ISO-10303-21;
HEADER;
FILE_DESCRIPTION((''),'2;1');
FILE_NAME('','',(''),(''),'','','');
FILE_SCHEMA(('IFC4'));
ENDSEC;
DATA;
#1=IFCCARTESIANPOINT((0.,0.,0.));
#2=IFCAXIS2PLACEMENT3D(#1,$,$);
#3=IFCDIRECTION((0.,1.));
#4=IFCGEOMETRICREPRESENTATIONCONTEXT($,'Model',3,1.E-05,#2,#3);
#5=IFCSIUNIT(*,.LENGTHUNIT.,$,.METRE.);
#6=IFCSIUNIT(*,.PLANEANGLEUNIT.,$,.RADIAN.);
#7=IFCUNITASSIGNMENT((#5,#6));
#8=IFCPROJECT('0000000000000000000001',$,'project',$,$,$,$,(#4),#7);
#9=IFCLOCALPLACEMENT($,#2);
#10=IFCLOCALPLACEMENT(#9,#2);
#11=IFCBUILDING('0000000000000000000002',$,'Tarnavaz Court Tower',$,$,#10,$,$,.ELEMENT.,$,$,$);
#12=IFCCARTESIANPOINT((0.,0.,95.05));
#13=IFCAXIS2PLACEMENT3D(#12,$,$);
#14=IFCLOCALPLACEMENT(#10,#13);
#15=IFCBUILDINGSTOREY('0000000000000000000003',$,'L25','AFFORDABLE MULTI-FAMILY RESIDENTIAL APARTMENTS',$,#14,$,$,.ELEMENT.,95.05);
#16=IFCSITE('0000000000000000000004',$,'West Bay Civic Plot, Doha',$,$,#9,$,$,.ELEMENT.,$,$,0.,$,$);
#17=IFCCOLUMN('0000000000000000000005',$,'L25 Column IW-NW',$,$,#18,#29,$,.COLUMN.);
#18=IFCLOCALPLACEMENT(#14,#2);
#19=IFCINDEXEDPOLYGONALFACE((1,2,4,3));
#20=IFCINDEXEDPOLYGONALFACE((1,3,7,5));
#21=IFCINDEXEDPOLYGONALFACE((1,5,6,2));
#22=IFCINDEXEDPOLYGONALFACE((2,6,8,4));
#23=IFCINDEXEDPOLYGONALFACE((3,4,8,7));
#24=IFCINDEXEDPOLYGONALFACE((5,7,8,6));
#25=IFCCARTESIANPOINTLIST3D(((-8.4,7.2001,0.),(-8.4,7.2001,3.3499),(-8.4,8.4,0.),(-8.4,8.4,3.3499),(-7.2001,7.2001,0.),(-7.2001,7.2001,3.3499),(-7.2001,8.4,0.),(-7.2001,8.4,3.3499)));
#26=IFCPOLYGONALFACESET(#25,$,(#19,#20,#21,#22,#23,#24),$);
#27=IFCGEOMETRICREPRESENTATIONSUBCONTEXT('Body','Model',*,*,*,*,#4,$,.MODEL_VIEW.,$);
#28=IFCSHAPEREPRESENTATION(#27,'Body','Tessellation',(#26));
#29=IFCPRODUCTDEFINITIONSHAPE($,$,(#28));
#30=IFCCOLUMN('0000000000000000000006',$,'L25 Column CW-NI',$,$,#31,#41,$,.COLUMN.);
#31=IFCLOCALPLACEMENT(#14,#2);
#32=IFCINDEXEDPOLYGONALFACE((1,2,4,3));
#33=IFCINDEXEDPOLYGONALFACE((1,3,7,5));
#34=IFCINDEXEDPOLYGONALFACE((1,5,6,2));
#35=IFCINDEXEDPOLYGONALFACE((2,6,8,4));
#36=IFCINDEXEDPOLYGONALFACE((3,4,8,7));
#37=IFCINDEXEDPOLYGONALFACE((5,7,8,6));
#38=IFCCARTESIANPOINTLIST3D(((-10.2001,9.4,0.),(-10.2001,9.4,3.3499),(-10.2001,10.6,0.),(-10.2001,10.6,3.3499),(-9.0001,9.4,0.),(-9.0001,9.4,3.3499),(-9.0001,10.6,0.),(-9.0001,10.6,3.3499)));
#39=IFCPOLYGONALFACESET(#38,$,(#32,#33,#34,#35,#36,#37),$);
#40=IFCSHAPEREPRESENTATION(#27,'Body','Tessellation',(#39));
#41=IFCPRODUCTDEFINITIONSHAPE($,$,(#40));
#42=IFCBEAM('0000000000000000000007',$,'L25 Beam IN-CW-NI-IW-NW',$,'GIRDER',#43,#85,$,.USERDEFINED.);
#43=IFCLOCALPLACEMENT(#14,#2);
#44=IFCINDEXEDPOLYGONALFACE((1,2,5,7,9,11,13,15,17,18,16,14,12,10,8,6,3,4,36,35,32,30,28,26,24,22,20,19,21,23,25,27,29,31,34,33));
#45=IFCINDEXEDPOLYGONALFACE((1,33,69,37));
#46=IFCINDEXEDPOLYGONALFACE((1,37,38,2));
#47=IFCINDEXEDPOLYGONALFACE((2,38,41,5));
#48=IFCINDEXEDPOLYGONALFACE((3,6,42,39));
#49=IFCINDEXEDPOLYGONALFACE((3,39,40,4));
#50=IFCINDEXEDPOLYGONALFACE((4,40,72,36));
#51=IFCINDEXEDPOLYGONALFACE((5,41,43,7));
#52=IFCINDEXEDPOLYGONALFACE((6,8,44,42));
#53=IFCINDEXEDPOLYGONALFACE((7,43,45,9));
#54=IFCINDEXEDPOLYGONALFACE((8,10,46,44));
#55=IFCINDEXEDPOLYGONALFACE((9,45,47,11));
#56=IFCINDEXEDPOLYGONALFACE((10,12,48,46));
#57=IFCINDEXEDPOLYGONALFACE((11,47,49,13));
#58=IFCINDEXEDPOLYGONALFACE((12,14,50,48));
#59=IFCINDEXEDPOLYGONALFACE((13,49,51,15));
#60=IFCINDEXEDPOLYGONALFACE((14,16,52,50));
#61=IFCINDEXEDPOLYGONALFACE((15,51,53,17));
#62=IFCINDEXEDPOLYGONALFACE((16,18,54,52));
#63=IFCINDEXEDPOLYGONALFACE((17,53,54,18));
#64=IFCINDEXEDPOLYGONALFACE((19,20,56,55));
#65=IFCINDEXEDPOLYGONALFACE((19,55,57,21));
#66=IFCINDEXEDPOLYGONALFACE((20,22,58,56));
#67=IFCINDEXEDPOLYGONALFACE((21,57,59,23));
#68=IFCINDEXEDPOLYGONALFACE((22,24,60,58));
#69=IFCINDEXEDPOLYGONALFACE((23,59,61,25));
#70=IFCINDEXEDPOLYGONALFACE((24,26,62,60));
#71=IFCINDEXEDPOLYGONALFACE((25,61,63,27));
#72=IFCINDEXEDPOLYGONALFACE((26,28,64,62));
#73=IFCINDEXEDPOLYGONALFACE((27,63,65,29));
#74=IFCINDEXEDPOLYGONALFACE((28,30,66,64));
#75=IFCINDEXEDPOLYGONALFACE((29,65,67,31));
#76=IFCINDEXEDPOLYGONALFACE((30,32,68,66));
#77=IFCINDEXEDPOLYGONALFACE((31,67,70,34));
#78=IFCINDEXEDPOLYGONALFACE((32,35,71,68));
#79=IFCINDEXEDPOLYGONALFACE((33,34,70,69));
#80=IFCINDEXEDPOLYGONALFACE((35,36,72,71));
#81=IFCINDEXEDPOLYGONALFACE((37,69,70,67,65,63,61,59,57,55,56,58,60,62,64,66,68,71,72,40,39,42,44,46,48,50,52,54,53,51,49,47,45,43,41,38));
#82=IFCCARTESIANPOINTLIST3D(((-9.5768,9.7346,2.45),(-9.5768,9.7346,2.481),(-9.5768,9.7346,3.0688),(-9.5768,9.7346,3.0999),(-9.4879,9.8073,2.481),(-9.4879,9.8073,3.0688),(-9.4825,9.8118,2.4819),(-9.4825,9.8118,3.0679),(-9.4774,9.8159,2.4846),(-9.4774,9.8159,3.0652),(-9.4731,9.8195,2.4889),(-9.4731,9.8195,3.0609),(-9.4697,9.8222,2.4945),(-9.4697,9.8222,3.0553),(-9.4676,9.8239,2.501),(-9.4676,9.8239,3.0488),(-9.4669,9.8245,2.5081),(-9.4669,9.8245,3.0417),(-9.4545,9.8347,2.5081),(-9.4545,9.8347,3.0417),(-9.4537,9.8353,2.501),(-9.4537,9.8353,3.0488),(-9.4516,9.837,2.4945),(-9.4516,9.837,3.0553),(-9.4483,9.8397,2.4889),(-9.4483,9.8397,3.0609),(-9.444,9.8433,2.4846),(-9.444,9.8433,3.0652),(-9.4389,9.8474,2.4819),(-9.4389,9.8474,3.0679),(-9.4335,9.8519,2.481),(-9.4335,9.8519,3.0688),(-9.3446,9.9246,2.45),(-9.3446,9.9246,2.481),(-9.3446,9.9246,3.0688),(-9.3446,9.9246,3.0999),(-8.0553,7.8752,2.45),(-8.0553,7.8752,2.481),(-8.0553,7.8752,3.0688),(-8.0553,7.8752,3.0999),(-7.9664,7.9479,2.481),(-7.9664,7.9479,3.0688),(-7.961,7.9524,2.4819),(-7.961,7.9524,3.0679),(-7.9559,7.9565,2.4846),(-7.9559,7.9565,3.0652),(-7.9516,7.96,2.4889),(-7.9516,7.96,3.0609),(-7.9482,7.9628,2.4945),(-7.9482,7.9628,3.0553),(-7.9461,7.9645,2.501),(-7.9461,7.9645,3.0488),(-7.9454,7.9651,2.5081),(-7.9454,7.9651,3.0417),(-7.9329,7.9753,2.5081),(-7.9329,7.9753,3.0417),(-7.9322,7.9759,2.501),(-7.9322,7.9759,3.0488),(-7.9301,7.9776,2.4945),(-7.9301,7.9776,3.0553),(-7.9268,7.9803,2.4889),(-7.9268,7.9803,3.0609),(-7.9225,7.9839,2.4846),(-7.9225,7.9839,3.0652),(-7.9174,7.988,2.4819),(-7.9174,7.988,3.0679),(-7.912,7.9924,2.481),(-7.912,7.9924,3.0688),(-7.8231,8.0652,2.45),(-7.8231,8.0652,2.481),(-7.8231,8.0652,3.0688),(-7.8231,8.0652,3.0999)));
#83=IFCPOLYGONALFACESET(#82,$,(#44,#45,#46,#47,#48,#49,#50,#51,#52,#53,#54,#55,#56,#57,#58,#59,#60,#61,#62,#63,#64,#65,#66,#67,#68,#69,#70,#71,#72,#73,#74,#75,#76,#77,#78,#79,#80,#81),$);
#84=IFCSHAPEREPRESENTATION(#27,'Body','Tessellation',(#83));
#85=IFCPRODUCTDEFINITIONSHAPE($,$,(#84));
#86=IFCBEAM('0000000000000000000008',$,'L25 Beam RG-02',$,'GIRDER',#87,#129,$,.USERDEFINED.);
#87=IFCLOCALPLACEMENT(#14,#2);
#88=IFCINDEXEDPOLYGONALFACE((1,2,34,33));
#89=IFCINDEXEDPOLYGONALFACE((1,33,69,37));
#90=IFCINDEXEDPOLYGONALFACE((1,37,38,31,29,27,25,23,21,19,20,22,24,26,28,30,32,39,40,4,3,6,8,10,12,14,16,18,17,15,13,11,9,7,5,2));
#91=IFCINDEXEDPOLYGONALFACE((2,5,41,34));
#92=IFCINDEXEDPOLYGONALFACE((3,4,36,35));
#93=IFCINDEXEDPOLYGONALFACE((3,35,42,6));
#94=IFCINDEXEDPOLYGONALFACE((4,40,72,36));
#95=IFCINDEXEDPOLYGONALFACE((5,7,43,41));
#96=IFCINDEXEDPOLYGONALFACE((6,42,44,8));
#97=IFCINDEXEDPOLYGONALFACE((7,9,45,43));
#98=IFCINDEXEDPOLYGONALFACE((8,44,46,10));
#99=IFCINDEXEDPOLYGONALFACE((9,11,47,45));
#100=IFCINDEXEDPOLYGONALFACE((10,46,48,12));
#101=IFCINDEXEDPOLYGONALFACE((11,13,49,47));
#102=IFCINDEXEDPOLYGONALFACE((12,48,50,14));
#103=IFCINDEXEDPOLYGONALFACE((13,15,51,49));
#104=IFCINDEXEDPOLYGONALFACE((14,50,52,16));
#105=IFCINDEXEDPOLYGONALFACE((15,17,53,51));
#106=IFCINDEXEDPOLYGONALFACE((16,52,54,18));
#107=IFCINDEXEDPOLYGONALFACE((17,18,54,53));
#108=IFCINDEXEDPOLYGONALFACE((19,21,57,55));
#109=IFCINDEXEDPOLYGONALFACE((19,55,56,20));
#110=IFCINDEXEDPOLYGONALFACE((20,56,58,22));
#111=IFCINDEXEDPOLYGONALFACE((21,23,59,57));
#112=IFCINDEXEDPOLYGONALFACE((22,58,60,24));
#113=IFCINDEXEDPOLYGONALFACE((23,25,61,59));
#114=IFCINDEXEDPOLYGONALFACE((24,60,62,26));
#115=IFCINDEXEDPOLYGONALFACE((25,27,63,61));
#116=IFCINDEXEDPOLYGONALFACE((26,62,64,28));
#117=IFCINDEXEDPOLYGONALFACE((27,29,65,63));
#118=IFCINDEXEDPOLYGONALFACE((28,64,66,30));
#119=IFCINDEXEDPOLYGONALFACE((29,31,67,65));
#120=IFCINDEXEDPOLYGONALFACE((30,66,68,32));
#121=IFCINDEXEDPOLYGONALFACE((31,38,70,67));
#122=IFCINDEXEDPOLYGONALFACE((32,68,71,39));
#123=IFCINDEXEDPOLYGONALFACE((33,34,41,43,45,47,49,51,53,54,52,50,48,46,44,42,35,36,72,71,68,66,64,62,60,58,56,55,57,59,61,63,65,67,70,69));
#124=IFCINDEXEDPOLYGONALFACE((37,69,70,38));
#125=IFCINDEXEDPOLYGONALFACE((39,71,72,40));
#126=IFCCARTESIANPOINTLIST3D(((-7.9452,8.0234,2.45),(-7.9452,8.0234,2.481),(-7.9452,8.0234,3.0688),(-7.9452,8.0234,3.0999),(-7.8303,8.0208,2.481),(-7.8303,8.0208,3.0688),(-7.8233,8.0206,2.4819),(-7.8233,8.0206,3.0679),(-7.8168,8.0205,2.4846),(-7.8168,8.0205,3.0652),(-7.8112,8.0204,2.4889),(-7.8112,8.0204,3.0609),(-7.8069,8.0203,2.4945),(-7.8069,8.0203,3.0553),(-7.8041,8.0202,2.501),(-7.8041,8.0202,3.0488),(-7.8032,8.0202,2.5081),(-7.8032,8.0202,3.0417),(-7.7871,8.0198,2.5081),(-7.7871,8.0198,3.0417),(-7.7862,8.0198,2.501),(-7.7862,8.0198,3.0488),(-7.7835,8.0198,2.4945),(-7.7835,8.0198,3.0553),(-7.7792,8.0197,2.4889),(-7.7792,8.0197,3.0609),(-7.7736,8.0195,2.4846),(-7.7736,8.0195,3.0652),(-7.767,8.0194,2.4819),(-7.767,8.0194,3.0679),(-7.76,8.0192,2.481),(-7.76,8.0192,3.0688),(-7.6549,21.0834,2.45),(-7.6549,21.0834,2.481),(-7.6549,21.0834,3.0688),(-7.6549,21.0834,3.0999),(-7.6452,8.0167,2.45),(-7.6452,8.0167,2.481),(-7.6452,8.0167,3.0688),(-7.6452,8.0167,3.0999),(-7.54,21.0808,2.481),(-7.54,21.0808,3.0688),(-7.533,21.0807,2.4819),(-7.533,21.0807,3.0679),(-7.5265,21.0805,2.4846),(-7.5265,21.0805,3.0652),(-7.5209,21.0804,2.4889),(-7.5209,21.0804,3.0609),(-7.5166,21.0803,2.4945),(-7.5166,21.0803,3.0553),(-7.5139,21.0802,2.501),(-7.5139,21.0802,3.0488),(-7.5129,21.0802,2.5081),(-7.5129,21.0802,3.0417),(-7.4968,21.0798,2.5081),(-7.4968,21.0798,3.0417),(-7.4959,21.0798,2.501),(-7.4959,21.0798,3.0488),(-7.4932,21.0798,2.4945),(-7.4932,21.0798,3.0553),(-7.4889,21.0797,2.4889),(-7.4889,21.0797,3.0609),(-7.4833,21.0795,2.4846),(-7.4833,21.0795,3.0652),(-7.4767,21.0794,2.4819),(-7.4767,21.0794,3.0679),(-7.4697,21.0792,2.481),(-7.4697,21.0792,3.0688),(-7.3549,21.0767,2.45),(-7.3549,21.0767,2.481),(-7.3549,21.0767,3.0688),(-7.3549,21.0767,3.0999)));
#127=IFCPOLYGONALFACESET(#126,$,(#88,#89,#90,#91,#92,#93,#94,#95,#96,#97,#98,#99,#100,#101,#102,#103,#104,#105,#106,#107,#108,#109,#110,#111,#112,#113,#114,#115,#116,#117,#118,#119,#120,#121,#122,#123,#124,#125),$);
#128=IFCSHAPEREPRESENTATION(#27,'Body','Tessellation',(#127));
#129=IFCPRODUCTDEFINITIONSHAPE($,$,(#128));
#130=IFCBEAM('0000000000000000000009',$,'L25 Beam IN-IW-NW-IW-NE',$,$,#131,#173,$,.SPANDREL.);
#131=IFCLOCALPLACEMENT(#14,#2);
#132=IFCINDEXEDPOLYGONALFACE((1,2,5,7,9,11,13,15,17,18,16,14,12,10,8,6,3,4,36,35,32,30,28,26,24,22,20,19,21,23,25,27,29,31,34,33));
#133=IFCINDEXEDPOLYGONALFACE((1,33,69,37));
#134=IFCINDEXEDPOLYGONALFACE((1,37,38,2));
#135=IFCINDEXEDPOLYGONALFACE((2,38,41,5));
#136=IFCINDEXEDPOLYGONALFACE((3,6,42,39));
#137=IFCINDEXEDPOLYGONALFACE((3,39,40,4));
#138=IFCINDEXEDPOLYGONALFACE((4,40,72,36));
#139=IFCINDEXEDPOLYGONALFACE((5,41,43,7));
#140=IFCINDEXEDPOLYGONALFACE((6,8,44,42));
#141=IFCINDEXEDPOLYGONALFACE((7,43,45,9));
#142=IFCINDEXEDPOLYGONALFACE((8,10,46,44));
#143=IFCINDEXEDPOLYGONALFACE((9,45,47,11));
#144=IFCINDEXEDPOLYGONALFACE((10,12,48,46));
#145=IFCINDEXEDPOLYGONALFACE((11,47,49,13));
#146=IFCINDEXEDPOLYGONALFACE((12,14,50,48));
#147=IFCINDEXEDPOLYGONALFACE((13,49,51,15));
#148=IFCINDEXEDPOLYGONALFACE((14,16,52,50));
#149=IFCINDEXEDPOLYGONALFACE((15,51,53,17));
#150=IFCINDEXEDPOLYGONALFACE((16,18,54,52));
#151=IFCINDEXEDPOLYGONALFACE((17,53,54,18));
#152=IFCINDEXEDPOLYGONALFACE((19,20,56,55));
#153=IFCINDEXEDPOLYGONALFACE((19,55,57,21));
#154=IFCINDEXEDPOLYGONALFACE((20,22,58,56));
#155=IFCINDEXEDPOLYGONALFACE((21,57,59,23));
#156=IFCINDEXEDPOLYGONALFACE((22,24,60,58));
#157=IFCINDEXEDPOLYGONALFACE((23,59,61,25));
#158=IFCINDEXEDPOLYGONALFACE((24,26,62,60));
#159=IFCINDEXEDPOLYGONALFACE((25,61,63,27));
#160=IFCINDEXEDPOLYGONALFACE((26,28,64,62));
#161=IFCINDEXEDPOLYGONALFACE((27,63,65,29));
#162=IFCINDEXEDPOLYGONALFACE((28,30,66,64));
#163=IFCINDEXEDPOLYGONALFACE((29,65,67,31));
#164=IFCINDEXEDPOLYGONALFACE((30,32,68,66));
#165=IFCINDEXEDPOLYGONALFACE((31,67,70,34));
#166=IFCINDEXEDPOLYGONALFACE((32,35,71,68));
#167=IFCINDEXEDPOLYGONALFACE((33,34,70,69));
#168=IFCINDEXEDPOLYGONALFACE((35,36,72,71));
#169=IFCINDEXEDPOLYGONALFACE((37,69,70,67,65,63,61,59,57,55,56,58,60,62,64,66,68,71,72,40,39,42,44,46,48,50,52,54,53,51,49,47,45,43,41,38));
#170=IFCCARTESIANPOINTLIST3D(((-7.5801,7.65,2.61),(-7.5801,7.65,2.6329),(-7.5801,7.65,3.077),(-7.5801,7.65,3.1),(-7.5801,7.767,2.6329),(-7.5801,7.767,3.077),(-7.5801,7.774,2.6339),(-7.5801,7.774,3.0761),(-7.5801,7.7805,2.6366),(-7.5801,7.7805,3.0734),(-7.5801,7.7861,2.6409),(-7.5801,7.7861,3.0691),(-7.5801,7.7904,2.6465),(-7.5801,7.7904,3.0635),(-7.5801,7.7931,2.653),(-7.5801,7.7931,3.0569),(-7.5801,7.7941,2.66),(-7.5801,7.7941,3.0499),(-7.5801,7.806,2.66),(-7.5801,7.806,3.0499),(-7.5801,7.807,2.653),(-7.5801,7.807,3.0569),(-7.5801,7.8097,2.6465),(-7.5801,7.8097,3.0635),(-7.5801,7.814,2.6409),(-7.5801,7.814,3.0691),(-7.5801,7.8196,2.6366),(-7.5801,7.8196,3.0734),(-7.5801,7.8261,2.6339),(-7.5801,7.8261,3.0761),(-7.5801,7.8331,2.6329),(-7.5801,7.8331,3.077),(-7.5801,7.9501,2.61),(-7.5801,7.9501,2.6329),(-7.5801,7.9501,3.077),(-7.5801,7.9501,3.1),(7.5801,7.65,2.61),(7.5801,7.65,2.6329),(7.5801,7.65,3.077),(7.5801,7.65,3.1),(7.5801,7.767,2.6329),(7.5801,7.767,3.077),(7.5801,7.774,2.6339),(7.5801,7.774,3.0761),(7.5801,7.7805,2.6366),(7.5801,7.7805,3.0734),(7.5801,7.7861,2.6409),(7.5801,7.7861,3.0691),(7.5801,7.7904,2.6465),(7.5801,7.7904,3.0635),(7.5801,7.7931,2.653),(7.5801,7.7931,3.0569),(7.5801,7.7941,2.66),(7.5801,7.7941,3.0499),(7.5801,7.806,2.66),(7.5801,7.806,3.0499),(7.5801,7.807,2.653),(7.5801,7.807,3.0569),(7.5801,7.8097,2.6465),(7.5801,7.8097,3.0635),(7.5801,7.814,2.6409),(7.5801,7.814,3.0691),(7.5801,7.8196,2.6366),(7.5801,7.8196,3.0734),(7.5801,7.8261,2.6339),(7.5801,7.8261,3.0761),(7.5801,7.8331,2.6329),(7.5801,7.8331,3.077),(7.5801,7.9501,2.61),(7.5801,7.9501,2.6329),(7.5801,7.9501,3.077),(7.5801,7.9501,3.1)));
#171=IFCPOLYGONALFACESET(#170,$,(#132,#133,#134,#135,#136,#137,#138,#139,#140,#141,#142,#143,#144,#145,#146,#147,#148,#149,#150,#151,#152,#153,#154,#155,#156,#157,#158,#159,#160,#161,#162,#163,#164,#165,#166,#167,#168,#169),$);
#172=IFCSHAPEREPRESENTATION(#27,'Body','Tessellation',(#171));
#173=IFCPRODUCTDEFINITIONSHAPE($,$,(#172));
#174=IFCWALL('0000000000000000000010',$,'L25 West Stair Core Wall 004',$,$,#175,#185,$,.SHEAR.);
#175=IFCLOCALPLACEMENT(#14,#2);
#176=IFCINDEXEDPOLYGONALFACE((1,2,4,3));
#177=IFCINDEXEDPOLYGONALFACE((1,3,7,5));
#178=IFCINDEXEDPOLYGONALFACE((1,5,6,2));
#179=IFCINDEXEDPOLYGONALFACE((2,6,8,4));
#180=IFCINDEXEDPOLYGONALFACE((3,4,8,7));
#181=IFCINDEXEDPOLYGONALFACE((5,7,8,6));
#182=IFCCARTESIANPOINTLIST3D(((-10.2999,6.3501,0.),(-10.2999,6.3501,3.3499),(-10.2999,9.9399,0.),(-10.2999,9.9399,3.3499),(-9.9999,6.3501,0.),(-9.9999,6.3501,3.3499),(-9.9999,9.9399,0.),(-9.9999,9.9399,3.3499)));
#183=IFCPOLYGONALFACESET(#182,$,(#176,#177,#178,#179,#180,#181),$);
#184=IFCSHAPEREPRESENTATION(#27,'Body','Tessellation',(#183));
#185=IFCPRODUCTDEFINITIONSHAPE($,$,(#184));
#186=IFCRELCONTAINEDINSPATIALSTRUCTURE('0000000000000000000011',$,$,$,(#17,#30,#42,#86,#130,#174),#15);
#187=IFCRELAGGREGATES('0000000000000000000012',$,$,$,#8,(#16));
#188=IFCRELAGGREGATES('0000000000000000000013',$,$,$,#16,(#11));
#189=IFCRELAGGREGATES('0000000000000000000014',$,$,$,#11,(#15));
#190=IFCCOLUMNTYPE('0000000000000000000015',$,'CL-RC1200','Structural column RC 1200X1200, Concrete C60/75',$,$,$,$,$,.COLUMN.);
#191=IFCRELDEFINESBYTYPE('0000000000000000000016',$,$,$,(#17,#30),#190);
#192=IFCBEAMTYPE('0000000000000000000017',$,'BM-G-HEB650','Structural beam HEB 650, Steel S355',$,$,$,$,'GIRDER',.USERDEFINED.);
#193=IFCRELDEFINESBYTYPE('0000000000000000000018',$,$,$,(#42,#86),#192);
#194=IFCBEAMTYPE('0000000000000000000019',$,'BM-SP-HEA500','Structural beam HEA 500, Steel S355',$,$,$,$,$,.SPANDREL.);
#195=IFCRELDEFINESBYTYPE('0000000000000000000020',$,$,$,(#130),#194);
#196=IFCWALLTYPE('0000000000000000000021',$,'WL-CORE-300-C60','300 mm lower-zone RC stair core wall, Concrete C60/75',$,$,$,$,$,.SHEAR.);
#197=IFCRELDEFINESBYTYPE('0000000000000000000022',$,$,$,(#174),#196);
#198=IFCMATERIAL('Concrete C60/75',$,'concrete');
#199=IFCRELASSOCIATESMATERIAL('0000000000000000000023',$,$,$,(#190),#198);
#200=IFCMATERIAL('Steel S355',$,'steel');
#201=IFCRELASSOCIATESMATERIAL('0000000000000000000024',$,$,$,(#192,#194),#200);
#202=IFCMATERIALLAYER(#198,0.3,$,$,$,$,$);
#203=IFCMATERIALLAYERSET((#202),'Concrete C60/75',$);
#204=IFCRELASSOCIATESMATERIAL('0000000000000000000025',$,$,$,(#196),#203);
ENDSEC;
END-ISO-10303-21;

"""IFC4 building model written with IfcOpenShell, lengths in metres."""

from ifc_helpers import new_model, si_unit, direction, frame, frame_2d, origin, origin_2d, place, context, subcontext, project, spatial, rectangle, i_section, extrude, material, layer, layer_set, material_profile, profile_set, type_object, element, save


model = new_model("IFC4")

# Units and contexts
model_context = context("Model", 3, precision=1e-05, world=origin(), true_north=direction((0.0, 1.0)))
body_context = subcontext(model_context, "Body", "Model", "MODEL_VIEW")
ifc_project = project(units=[si_unit("LENGTHUNIT", "METRE"), si_unit("PLANEANGLEUNIT", "RADIAN")], contexts=[model_context])

# Site, building, storey
site_placement = place(None, origin())
site = spatial("IfcSite", under=ifc_project, at=site_placement, Name="West Bay Civic Plot, Doha", CompositionType="ELEMENT", RefElevation=0.0)
building_placement = place(site_placement, origin())
building = spatial("IfcBuilding", under=site, at=building_placement, Name="Tarnavaz Court Tower", CompositionType="ELEMENT")
storey_placement = place(building_placement, frame((0.0, 0.0, 95.05)))
storey = spatial("IfcBuildingStorey", under=building, at=storey_placement, Name="L25", Description="AFFORDABLE MULTI-FAMILY RESIDENTIAL APARTMENTS", CompositionType="ELEMENT", Elevation=95.05)

# Columns
ifc_material_1 = material(Name="Concrete C60/75", Category="concrete")
ifc_material_profile_1 = material_profile(ifc_material_1, rectangle(XDim=1.2, YDim=1.2, at=origin_2d()), Name="RC 1200X1200")
ifc_profile_set_1 = profile_set([ifc_material_profile_1], Name="Concrete C60/75")
column_type = type_object("IfcColumnType", Name="CL-RC1200", Description="Structural column RC 1200X1200, Concrete C60/75", PredefinedType="COLUMN", material=ifc_profile_set_1)
for number, where, z_axis, x_axis, name in (
    (1, (-7.8, 7.8, 0.0), (0.0, 0.0, 1.0), (1.0, 0.0, 0.0), "L25 Column IW-NW"),
    (2, (-9.6001, 10.0, 0.0), (0.0, 0.0, 1.0), (1.0, 0.0, 0.0), "L25 Column CW-NI"),
):
    element("IfcColumn", number, at=place(storey_placement, frame(where, z_axis=z_axis, x_axis=x_axis)), inside=storey, type_object=column_type, Name=name, PredefinedType="COLUMN", context=body_context, shape_type="SweptSolid", body=[
        extrude(rectangle(XDim=1.2, YDim=1.2, at=origin_2d()), origin(), (0.0, 0.0, 1.0), 3.3499),
    ])

# Beams
ifc_material_2 = material(Name="Steel S355", Category="steel")
ifc_material_profile_2 = material_profile(ifc_material_2, i_section(OverallWidth=0.3, OverallDepth=0.6499, WebThickness=0.0161, FlangeThickness=0.031, FilletRadius=0.0271, at=origin_2d()), Name="HEB 650")
ifc_profile_set_2 = profile_set([ifc_material_profile_2], Name="Steel S355")
beam_type_1 = type_object("IfcBeamType", Name="BM-G-HEB650", Description="Structural beam HEB 650, Steel S355", ElementType="GIRDER", PredefinedType="USERDEFINED", material=ifc_profile_set_2)
beam_1_placement = place(storey_placement, frame((-9.4607, 9.8296, 2.7749), z_axis=(0.633282, -0.773921, 0.0), x_axis=(0.773921, 0.633282, 0.0)))
element("IfcBeam", 3, at=beam_1_placement, inside=storey, type_object=beam_type_1, Name="L25 Beam IN-CW-NI-IW-NW", ObjectType="GIRDER", PredefinedType="USERDEFINED", context=body_context, shape_type="SweptSolid", body=[
    extrude(i_section(OverallWidth=0.3, OverallDepth=0.6499, WebThickness=0.0161, FlangeThickness=0.031, FilletRadius=0.0271, at=origin_2d()), origin(), (0.0, 0.0, 1.0), 2.4026),
])
beam_2_placement = place(storey_placement, frame((-7.7952, 8.02, 2.7749), z_axis=(0.022221, 0.999753, 0.0), x_axis=(-0.999753, 0.022221, 0.0)))
element("IfcBeam", 4, at=beam_2_placement, inside=storey, type_object=beam_type_1, Name="L25 Beam RG-02", ObjectType="GIRDER", PredefinedType="USERDEFINED", context=body_context, shape_type="SweptSolid", body=[
    extrude(i_section(OverallWidth=0.3, OverallDepth=0.6499, WebThickness=0.0161, FlangeThickness=0.031, FilletRadius=0.0271, at=origin_2d()), origin(), (0.0, 0.0, 1.0), 13.0632),
])
ifc_material_profile_3 = material_profile(ifc_material_2, i_section(OverallWidth=0.3, OverallDepth=0.49, WebThickness=0.012, FlangeThickness=0.0229, FilletRadius=0.0271, at=origin_2d()), Name="HEA 500")
ifc_profile_set_3 = profile_set([ifc_material_profile_3], Name="Steel S355")
beam_type_2 = type_object("IfcBeamType", Name="BM-SP-HEA500", Description="Structural beam HEA 500, Steel S355", PredefinedType="SPANDREL", material=ifc_profile_set_3)
beam_3_placement = place(storey_placement, frame((-7.5801, 7.8, 2.855), z_axis=(1.0, 0.0, 0.0), x_axis=(0.0, 1.0, 0.0)))
element("IfcBeam", 5, at=beam_3_placement, inside=storey, type_object=beam_type_2, Name="L25 Beam IN-IW-NW-IW-NE", PredefinedType="SPANDREL", context=body_context, shape_type="SweptSolid", body=[
    extrude(i_section(OverallWidth=0.3, OverallDepth=0.49, WebThickness=0.012, FlangeThickness=0.0229, FilletRadius=0.0271, at=origin_2d()), origin(), (0.0, 0.0, 1.0), 15.1602),
])

# Wall
ifc_layer_1 = layer(ifc_material_1, 0.3)
ifc_layer_set_1 = layer_set([ifc_layer_1], Name="Concrete C60/75")
wall_type_1 = type_object("IfcWallType", Name="WL-CORE-300-C60", Description="300 mm lower-zone RC stair core wall, Concrete C60/75", PredefinedType="SHEAR", material=ifc_layer_set_1)
wall_1_placement = place(storey_placement, frame((-10.1499, 6.3501, 0.0), z_axis=(0.0, 0.0, 1.0), x_axis=(0.0, 1.0, 0.0)))
element("IfcWall", 6, at=wall_1_placement, inside=storey, type_object=wall_type_1, Name="L25 West Stair Core Wall 004", PredefinedType="SHEAR", context=body_context, shape_type="SweptSolid", body=[
    extrude(rectangle(XDim=3.5898, YDim=0.3, at=frame_2d((1.7949, 0.0))), origin(), (0.0, 0.0, 1.0), 3.3499),
])

save(model, "model.ifc")
